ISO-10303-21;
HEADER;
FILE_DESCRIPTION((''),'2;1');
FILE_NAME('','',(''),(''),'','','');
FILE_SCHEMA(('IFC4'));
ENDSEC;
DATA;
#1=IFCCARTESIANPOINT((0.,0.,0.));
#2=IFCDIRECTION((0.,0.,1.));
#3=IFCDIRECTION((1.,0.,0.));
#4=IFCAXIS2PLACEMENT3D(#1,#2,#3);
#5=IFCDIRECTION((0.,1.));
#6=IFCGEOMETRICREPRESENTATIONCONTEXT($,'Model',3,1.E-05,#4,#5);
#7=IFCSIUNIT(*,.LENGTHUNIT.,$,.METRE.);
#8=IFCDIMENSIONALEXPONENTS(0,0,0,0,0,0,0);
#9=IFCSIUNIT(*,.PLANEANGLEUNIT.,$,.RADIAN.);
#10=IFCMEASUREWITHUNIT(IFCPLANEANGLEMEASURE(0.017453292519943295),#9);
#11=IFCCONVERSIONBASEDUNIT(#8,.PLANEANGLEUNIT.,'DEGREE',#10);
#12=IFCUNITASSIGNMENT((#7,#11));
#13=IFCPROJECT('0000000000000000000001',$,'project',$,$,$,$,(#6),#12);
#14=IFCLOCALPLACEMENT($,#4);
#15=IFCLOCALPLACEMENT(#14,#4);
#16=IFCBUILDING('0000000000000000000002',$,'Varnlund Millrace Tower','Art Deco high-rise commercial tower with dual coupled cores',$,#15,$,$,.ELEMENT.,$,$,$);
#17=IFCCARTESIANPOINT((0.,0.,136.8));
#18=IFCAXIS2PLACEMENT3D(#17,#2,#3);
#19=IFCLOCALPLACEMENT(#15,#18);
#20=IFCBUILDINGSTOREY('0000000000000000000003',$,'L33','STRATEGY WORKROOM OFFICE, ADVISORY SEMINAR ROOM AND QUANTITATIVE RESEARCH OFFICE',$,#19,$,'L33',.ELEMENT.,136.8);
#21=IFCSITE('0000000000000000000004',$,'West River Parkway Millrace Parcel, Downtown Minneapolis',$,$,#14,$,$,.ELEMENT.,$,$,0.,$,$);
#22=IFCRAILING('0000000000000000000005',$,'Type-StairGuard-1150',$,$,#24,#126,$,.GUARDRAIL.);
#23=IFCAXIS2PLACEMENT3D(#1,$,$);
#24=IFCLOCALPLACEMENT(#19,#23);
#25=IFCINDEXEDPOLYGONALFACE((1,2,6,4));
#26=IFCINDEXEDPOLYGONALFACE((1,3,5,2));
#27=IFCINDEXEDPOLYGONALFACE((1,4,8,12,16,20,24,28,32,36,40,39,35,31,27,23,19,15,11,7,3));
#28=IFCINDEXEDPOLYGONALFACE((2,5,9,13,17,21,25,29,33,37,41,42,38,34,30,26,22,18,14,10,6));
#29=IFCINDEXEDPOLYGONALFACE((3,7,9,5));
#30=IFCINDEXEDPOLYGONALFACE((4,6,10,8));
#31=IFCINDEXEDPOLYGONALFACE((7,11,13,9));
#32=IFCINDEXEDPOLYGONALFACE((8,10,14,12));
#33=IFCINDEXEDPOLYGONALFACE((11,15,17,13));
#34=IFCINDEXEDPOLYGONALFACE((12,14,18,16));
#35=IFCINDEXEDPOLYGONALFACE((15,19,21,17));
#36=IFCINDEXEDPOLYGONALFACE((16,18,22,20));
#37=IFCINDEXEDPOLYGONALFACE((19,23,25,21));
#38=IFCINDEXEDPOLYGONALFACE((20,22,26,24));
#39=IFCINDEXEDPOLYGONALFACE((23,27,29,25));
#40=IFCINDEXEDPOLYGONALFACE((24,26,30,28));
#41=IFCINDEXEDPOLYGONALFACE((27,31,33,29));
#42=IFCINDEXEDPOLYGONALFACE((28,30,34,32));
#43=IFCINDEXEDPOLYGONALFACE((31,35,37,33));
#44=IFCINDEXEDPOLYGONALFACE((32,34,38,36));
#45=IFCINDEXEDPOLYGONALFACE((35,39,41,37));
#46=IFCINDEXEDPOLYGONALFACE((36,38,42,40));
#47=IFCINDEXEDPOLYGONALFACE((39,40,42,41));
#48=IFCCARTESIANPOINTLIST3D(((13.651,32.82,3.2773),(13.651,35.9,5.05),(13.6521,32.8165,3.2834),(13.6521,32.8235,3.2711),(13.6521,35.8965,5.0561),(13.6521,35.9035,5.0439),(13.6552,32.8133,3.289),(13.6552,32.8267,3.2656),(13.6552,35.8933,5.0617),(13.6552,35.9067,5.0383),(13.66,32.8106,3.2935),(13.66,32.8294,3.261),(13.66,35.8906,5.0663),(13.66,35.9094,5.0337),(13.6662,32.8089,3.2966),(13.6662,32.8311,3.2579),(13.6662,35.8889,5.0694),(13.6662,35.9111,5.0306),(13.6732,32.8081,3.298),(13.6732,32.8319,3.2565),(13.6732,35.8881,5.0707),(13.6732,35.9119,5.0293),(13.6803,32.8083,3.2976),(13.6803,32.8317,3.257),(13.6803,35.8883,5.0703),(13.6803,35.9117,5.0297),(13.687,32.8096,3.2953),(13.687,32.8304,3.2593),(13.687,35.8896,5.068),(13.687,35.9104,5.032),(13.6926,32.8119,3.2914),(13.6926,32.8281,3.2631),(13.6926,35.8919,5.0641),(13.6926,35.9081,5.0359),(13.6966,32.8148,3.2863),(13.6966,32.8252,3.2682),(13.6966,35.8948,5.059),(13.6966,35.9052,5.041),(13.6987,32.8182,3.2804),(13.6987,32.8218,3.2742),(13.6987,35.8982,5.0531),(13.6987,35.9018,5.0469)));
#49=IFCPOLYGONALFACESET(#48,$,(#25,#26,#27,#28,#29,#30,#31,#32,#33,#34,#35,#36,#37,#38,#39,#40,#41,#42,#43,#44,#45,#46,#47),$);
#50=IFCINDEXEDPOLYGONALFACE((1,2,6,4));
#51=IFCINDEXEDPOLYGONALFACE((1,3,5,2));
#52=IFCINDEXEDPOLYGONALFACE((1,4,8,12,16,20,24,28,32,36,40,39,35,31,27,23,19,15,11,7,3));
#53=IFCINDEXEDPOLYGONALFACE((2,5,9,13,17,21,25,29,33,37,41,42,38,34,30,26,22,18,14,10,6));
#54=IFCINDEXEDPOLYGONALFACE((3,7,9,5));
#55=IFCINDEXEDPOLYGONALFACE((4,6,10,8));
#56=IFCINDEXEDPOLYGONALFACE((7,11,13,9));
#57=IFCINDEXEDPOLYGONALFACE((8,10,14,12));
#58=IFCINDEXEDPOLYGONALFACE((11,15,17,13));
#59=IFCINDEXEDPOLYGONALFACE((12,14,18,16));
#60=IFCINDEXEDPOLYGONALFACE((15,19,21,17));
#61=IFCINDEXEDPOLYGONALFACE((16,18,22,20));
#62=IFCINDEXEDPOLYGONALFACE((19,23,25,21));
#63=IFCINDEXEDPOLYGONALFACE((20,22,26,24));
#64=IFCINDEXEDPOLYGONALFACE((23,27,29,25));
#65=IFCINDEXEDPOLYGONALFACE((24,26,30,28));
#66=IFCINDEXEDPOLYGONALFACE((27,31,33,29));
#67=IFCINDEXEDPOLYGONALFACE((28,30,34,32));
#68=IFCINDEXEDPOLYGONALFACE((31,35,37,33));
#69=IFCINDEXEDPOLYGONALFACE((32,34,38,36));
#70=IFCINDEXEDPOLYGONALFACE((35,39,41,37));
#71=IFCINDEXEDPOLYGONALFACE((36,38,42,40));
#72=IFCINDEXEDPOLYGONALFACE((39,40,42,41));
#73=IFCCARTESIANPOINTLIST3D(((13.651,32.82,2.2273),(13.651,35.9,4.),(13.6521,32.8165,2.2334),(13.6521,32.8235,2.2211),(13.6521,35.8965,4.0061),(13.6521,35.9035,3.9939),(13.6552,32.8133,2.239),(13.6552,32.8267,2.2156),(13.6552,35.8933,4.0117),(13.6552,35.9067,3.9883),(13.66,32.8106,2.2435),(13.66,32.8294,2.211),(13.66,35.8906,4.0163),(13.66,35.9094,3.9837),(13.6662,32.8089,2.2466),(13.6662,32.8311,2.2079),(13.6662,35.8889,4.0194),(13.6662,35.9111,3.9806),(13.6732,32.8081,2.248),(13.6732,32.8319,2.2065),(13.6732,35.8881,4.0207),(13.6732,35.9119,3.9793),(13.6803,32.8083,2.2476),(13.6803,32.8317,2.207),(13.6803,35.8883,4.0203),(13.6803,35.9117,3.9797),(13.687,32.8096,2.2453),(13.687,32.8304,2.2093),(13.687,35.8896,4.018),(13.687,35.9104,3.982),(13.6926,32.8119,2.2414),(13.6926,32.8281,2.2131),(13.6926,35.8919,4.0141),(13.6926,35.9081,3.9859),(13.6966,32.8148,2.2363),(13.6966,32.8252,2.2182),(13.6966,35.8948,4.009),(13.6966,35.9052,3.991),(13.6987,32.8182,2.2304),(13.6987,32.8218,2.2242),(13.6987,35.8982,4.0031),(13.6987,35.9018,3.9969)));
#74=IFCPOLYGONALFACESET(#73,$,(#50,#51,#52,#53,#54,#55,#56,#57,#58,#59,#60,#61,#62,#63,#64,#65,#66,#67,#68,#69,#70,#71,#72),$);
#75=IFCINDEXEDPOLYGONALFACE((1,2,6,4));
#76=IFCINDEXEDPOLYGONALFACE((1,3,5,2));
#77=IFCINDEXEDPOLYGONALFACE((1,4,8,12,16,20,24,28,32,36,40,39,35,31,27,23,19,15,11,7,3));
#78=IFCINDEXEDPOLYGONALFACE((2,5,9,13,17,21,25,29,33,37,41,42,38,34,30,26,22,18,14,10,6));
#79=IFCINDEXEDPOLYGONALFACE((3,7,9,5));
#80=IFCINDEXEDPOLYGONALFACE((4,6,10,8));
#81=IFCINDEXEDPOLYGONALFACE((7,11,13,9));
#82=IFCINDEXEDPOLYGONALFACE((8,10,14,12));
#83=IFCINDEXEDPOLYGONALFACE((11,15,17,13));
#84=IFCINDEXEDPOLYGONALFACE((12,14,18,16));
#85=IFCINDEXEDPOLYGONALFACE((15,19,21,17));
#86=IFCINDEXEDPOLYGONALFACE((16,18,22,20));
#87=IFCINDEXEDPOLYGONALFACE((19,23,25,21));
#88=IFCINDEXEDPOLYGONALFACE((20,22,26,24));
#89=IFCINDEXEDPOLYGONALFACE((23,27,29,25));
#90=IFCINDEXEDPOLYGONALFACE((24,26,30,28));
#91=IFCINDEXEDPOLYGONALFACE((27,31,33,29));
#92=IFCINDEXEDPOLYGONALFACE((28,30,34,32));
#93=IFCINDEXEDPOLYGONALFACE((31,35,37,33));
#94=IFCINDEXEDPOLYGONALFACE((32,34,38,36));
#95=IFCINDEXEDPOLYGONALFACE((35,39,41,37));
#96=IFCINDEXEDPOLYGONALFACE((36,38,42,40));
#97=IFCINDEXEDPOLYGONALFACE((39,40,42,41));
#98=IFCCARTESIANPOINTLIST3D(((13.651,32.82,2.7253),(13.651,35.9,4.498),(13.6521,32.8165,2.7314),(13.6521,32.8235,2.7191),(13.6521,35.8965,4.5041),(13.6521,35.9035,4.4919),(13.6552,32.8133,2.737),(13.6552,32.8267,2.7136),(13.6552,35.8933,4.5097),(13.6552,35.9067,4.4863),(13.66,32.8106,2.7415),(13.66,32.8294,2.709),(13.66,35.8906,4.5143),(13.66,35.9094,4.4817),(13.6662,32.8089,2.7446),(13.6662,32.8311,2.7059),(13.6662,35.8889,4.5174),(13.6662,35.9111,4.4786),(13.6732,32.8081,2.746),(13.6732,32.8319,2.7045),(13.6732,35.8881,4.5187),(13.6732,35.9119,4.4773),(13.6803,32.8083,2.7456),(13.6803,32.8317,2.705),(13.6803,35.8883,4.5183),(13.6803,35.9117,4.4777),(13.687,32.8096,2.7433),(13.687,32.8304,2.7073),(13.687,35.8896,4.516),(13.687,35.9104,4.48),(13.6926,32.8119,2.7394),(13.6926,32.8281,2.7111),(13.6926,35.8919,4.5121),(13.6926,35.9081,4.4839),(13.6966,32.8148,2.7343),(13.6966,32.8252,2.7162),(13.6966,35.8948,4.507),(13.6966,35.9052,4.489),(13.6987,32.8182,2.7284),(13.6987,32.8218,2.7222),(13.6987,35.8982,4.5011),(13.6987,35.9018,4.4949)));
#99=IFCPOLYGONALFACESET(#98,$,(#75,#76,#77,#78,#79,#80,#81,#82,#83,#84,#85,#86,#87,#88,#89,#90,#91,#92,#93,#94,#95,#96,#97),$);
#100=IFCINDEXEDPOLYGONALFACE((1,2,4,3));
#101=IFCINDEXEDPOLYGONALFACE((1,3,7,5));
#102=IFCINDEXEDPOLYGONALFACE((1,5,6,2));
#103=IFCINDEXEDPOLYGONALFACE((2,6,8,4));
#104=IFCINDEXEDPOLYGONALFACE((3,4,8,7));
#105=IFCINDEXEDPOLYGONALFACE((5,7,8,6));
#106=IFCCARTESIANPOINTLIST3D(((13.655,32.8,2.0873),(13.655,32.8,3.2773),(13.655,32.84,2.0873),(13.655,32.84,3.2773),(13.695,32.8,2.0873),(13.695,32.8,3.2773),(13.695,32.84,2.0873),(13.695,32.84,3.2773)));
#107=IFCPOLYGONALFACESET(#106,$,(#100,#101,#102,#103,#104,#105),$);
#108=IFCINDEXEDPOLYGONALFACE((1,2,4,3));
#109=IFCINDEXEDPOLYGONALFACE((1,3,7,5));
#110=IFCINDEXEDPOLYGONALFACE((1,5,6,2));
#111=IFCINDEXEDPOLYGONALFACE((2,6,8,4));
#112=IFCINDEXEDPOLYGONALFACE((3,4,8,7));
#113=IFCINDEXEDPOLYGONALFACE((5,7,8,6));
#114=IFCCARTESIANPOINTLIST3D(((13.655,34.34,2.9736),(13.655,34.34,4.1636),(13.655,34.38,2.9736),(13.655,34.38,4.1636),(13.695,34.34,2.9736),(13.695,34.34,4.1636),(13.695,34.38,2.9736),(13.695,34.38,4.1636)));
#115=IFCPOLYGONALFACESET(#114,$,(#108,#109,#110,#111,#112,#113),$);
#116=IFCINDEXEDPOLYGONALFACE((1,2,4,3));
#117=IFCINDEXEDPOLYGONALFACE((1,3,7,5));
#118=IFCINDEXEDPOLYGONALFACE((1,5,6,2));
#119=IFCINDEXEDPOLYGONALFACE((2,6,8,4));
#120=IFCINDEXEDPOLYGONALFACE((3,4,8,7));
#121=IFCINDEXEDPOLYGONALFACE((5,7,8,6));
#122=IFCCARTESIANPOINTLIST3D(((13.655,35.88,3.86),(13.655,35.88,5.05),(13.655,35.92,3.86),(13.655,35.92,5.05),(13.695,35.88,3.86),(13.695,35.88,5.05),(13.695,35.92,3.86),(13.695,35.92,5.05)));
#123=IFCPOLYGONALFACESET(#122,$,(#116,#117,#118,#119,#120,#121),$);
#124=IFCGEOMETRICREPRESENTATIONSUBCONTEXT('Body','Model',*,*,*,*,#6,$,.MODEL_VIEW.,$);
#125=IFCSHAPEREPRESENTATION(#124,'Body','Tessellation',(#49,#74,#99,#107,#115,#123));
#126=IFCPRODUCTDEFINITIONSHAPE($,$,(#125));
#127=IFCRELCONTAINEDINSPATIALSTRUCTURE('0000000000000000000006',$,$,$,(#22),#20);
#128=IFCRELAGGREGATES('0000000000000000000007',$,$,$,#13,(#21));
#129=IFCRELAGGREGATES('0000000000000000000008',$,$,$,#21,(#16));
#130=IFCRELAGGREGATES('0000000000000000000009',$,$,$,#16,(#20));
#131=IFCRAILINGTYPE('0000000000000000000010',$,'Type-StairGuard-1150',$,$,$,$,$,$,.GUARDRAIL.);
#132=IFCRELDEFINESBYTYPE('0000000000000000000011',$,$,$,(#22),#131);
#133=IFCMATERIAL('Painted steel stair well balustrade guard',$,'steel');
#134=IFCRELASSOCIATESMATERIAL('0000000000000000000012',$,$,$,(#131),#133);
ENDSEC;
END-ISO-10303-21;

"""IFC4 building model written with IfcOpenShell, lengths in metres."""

from ifc_helpers import new_model, entity, si_unit, converted_unit, direction, frame, origin_with_axes, origin_2d_with_axis, place, context, subcontext, project, spatial, rectangle, circle, extrude, material, type_object, element, save


model = new_model("IFC4")

# Units and contexts
model_context = context("Model", 3, precision=1e-05, world=origin_with_axes(), true_north=direction((0.0, 1.0)))
body_context = subcontext(model_context, "Body", "Model", "MODEL_VIEW")
ifc_project = project(units=[si_unit("LENGTHUNIT", "METRE"), converted_unit("PLANEANGLEUNIT", "DEGREE", entity("IfcPlaneAngleMeasure", 0.017453292519943295), si_unit("PLANEANGLEUNIT", "RADIAN"), dimensions=[0, 0, 0, 0, 0, 0, 0])], contexts=[model_context])

# Site, building, storey
site_placement = place(None, origin_with_axes())
site = spatial("IfcSite", under=ifc_project, at=site_placement, Name="West River Parkway Millrace Parcel, Downtown Minneapolis", CompositionType="ELEMENT", RefElevation=0.0)
building_placement = place(site_placement, origin_with_axes())
building = spatial("IfcBuilding", under=site, at=building_placement, Name="Varnlund Millrace Tower", Description="Art Deco high-rise commercial tower with dual coupled cores", CompositionType="ELEMENT")
storey_placement = place(building_placement, frame((0.0, 0.0, 136.8), z_axis=(0.0, 0.0, 1.0), x_axis=(1.0, 0.0, 0.0)))
storey = spatial("IfcBuildingStorey", under=building, at=storey_placement, Name="L33", Description="STRATEGY WORKROOM OFFICE, ADVISORY SEMINAR ROOM AND QUANTITATIVE RESEARCH OFFICE", LongName="L33", CompositionType="ELEMENT", Elevation=136.8)

# Railing
ifc_material_1 = material(Name="Painted steel stair well balustrade guard", Category="steel")
railing_type_1 = type_object("IfcRailingType", Name="Type-StairGuard-1150", PredefinedType="GUARDRAIL", material=ifc_material_1)
railing_1_placement = place(storey_placement, frame((0.0, 0.0, -136.8), z_axis=(0.0, 0.0, 1.0), x_axis=(1.0, 0.0, 0.0)))
element("IfcRailing", 1, at=railing_1_placement, inside=storey, type_object=railing_type_1, Name="Type-StairGuard-1150", PredefinedType="GUARDRAIL", context=body_context, shape_type="SweptSolid", body=[
    extrude(circle(Radius=0.024, at=origin_2d_with_axis()), frame((13.675, 32.82, 140.0773), z_axis=(0.0, 0.866696, 0.498836), x_axis=(-1.0, 0.0, 0.0)), (0.0, 0.0, 1.0), 3.5537),
    extrude(circle(Radius=0.024, at=origin_2d_with_axis()), frame((13.675, 32.82, 139.0273), z_axis=(0.0, 0.866696, 0.498836), x_axis=(-1.0, 0.0, 0.0)), (0.0, 0.0, 1.0), 3.5537),
    extrude(circle(Radius=0.024, at=origin_2d_with_axis()), frame((13.675, 32.82, 139.5253), z_axis=(0.0, 0.866696, 0.498836), x_axis=(-1.0, 0.0, 0.0)), (0.0, 0.0, 1.0), 3.5537),
    extrude(rectangle(XDim=0.04, YDim=0.04, at=origin_2d_with_axis()), frame((13.675, 32.82, 138.8873), z_axis=(0.0, 0.0, 1.0), x_axis=(1.0, 0.0, 0.0)), (0.0, 0.0, 1.0), 1.19),
    extrude(rectangle(XDim=0.04, YDim=0.04, at=origin_2d_with_axis()), frame((13.675, 34.36, 139.7736), z_axis=(0.0, 0.0, 1.0), x_axis=(1.0, 0.0, 0.0)), (0.0, 0.0, 1.0), 1.19),
    extrude(rectangle(XDim=0.04, YDim=0.04, at=origin_2d_with_axis()), frame((13.675, 35.9, 140.66), z_axis=(0.0, 0.0, 1.0), x_axis=(1.0, 0.0, 0.0)), (0.0, 0.0, 1.0), 1.19),
])

save(model, "model.ifc")
